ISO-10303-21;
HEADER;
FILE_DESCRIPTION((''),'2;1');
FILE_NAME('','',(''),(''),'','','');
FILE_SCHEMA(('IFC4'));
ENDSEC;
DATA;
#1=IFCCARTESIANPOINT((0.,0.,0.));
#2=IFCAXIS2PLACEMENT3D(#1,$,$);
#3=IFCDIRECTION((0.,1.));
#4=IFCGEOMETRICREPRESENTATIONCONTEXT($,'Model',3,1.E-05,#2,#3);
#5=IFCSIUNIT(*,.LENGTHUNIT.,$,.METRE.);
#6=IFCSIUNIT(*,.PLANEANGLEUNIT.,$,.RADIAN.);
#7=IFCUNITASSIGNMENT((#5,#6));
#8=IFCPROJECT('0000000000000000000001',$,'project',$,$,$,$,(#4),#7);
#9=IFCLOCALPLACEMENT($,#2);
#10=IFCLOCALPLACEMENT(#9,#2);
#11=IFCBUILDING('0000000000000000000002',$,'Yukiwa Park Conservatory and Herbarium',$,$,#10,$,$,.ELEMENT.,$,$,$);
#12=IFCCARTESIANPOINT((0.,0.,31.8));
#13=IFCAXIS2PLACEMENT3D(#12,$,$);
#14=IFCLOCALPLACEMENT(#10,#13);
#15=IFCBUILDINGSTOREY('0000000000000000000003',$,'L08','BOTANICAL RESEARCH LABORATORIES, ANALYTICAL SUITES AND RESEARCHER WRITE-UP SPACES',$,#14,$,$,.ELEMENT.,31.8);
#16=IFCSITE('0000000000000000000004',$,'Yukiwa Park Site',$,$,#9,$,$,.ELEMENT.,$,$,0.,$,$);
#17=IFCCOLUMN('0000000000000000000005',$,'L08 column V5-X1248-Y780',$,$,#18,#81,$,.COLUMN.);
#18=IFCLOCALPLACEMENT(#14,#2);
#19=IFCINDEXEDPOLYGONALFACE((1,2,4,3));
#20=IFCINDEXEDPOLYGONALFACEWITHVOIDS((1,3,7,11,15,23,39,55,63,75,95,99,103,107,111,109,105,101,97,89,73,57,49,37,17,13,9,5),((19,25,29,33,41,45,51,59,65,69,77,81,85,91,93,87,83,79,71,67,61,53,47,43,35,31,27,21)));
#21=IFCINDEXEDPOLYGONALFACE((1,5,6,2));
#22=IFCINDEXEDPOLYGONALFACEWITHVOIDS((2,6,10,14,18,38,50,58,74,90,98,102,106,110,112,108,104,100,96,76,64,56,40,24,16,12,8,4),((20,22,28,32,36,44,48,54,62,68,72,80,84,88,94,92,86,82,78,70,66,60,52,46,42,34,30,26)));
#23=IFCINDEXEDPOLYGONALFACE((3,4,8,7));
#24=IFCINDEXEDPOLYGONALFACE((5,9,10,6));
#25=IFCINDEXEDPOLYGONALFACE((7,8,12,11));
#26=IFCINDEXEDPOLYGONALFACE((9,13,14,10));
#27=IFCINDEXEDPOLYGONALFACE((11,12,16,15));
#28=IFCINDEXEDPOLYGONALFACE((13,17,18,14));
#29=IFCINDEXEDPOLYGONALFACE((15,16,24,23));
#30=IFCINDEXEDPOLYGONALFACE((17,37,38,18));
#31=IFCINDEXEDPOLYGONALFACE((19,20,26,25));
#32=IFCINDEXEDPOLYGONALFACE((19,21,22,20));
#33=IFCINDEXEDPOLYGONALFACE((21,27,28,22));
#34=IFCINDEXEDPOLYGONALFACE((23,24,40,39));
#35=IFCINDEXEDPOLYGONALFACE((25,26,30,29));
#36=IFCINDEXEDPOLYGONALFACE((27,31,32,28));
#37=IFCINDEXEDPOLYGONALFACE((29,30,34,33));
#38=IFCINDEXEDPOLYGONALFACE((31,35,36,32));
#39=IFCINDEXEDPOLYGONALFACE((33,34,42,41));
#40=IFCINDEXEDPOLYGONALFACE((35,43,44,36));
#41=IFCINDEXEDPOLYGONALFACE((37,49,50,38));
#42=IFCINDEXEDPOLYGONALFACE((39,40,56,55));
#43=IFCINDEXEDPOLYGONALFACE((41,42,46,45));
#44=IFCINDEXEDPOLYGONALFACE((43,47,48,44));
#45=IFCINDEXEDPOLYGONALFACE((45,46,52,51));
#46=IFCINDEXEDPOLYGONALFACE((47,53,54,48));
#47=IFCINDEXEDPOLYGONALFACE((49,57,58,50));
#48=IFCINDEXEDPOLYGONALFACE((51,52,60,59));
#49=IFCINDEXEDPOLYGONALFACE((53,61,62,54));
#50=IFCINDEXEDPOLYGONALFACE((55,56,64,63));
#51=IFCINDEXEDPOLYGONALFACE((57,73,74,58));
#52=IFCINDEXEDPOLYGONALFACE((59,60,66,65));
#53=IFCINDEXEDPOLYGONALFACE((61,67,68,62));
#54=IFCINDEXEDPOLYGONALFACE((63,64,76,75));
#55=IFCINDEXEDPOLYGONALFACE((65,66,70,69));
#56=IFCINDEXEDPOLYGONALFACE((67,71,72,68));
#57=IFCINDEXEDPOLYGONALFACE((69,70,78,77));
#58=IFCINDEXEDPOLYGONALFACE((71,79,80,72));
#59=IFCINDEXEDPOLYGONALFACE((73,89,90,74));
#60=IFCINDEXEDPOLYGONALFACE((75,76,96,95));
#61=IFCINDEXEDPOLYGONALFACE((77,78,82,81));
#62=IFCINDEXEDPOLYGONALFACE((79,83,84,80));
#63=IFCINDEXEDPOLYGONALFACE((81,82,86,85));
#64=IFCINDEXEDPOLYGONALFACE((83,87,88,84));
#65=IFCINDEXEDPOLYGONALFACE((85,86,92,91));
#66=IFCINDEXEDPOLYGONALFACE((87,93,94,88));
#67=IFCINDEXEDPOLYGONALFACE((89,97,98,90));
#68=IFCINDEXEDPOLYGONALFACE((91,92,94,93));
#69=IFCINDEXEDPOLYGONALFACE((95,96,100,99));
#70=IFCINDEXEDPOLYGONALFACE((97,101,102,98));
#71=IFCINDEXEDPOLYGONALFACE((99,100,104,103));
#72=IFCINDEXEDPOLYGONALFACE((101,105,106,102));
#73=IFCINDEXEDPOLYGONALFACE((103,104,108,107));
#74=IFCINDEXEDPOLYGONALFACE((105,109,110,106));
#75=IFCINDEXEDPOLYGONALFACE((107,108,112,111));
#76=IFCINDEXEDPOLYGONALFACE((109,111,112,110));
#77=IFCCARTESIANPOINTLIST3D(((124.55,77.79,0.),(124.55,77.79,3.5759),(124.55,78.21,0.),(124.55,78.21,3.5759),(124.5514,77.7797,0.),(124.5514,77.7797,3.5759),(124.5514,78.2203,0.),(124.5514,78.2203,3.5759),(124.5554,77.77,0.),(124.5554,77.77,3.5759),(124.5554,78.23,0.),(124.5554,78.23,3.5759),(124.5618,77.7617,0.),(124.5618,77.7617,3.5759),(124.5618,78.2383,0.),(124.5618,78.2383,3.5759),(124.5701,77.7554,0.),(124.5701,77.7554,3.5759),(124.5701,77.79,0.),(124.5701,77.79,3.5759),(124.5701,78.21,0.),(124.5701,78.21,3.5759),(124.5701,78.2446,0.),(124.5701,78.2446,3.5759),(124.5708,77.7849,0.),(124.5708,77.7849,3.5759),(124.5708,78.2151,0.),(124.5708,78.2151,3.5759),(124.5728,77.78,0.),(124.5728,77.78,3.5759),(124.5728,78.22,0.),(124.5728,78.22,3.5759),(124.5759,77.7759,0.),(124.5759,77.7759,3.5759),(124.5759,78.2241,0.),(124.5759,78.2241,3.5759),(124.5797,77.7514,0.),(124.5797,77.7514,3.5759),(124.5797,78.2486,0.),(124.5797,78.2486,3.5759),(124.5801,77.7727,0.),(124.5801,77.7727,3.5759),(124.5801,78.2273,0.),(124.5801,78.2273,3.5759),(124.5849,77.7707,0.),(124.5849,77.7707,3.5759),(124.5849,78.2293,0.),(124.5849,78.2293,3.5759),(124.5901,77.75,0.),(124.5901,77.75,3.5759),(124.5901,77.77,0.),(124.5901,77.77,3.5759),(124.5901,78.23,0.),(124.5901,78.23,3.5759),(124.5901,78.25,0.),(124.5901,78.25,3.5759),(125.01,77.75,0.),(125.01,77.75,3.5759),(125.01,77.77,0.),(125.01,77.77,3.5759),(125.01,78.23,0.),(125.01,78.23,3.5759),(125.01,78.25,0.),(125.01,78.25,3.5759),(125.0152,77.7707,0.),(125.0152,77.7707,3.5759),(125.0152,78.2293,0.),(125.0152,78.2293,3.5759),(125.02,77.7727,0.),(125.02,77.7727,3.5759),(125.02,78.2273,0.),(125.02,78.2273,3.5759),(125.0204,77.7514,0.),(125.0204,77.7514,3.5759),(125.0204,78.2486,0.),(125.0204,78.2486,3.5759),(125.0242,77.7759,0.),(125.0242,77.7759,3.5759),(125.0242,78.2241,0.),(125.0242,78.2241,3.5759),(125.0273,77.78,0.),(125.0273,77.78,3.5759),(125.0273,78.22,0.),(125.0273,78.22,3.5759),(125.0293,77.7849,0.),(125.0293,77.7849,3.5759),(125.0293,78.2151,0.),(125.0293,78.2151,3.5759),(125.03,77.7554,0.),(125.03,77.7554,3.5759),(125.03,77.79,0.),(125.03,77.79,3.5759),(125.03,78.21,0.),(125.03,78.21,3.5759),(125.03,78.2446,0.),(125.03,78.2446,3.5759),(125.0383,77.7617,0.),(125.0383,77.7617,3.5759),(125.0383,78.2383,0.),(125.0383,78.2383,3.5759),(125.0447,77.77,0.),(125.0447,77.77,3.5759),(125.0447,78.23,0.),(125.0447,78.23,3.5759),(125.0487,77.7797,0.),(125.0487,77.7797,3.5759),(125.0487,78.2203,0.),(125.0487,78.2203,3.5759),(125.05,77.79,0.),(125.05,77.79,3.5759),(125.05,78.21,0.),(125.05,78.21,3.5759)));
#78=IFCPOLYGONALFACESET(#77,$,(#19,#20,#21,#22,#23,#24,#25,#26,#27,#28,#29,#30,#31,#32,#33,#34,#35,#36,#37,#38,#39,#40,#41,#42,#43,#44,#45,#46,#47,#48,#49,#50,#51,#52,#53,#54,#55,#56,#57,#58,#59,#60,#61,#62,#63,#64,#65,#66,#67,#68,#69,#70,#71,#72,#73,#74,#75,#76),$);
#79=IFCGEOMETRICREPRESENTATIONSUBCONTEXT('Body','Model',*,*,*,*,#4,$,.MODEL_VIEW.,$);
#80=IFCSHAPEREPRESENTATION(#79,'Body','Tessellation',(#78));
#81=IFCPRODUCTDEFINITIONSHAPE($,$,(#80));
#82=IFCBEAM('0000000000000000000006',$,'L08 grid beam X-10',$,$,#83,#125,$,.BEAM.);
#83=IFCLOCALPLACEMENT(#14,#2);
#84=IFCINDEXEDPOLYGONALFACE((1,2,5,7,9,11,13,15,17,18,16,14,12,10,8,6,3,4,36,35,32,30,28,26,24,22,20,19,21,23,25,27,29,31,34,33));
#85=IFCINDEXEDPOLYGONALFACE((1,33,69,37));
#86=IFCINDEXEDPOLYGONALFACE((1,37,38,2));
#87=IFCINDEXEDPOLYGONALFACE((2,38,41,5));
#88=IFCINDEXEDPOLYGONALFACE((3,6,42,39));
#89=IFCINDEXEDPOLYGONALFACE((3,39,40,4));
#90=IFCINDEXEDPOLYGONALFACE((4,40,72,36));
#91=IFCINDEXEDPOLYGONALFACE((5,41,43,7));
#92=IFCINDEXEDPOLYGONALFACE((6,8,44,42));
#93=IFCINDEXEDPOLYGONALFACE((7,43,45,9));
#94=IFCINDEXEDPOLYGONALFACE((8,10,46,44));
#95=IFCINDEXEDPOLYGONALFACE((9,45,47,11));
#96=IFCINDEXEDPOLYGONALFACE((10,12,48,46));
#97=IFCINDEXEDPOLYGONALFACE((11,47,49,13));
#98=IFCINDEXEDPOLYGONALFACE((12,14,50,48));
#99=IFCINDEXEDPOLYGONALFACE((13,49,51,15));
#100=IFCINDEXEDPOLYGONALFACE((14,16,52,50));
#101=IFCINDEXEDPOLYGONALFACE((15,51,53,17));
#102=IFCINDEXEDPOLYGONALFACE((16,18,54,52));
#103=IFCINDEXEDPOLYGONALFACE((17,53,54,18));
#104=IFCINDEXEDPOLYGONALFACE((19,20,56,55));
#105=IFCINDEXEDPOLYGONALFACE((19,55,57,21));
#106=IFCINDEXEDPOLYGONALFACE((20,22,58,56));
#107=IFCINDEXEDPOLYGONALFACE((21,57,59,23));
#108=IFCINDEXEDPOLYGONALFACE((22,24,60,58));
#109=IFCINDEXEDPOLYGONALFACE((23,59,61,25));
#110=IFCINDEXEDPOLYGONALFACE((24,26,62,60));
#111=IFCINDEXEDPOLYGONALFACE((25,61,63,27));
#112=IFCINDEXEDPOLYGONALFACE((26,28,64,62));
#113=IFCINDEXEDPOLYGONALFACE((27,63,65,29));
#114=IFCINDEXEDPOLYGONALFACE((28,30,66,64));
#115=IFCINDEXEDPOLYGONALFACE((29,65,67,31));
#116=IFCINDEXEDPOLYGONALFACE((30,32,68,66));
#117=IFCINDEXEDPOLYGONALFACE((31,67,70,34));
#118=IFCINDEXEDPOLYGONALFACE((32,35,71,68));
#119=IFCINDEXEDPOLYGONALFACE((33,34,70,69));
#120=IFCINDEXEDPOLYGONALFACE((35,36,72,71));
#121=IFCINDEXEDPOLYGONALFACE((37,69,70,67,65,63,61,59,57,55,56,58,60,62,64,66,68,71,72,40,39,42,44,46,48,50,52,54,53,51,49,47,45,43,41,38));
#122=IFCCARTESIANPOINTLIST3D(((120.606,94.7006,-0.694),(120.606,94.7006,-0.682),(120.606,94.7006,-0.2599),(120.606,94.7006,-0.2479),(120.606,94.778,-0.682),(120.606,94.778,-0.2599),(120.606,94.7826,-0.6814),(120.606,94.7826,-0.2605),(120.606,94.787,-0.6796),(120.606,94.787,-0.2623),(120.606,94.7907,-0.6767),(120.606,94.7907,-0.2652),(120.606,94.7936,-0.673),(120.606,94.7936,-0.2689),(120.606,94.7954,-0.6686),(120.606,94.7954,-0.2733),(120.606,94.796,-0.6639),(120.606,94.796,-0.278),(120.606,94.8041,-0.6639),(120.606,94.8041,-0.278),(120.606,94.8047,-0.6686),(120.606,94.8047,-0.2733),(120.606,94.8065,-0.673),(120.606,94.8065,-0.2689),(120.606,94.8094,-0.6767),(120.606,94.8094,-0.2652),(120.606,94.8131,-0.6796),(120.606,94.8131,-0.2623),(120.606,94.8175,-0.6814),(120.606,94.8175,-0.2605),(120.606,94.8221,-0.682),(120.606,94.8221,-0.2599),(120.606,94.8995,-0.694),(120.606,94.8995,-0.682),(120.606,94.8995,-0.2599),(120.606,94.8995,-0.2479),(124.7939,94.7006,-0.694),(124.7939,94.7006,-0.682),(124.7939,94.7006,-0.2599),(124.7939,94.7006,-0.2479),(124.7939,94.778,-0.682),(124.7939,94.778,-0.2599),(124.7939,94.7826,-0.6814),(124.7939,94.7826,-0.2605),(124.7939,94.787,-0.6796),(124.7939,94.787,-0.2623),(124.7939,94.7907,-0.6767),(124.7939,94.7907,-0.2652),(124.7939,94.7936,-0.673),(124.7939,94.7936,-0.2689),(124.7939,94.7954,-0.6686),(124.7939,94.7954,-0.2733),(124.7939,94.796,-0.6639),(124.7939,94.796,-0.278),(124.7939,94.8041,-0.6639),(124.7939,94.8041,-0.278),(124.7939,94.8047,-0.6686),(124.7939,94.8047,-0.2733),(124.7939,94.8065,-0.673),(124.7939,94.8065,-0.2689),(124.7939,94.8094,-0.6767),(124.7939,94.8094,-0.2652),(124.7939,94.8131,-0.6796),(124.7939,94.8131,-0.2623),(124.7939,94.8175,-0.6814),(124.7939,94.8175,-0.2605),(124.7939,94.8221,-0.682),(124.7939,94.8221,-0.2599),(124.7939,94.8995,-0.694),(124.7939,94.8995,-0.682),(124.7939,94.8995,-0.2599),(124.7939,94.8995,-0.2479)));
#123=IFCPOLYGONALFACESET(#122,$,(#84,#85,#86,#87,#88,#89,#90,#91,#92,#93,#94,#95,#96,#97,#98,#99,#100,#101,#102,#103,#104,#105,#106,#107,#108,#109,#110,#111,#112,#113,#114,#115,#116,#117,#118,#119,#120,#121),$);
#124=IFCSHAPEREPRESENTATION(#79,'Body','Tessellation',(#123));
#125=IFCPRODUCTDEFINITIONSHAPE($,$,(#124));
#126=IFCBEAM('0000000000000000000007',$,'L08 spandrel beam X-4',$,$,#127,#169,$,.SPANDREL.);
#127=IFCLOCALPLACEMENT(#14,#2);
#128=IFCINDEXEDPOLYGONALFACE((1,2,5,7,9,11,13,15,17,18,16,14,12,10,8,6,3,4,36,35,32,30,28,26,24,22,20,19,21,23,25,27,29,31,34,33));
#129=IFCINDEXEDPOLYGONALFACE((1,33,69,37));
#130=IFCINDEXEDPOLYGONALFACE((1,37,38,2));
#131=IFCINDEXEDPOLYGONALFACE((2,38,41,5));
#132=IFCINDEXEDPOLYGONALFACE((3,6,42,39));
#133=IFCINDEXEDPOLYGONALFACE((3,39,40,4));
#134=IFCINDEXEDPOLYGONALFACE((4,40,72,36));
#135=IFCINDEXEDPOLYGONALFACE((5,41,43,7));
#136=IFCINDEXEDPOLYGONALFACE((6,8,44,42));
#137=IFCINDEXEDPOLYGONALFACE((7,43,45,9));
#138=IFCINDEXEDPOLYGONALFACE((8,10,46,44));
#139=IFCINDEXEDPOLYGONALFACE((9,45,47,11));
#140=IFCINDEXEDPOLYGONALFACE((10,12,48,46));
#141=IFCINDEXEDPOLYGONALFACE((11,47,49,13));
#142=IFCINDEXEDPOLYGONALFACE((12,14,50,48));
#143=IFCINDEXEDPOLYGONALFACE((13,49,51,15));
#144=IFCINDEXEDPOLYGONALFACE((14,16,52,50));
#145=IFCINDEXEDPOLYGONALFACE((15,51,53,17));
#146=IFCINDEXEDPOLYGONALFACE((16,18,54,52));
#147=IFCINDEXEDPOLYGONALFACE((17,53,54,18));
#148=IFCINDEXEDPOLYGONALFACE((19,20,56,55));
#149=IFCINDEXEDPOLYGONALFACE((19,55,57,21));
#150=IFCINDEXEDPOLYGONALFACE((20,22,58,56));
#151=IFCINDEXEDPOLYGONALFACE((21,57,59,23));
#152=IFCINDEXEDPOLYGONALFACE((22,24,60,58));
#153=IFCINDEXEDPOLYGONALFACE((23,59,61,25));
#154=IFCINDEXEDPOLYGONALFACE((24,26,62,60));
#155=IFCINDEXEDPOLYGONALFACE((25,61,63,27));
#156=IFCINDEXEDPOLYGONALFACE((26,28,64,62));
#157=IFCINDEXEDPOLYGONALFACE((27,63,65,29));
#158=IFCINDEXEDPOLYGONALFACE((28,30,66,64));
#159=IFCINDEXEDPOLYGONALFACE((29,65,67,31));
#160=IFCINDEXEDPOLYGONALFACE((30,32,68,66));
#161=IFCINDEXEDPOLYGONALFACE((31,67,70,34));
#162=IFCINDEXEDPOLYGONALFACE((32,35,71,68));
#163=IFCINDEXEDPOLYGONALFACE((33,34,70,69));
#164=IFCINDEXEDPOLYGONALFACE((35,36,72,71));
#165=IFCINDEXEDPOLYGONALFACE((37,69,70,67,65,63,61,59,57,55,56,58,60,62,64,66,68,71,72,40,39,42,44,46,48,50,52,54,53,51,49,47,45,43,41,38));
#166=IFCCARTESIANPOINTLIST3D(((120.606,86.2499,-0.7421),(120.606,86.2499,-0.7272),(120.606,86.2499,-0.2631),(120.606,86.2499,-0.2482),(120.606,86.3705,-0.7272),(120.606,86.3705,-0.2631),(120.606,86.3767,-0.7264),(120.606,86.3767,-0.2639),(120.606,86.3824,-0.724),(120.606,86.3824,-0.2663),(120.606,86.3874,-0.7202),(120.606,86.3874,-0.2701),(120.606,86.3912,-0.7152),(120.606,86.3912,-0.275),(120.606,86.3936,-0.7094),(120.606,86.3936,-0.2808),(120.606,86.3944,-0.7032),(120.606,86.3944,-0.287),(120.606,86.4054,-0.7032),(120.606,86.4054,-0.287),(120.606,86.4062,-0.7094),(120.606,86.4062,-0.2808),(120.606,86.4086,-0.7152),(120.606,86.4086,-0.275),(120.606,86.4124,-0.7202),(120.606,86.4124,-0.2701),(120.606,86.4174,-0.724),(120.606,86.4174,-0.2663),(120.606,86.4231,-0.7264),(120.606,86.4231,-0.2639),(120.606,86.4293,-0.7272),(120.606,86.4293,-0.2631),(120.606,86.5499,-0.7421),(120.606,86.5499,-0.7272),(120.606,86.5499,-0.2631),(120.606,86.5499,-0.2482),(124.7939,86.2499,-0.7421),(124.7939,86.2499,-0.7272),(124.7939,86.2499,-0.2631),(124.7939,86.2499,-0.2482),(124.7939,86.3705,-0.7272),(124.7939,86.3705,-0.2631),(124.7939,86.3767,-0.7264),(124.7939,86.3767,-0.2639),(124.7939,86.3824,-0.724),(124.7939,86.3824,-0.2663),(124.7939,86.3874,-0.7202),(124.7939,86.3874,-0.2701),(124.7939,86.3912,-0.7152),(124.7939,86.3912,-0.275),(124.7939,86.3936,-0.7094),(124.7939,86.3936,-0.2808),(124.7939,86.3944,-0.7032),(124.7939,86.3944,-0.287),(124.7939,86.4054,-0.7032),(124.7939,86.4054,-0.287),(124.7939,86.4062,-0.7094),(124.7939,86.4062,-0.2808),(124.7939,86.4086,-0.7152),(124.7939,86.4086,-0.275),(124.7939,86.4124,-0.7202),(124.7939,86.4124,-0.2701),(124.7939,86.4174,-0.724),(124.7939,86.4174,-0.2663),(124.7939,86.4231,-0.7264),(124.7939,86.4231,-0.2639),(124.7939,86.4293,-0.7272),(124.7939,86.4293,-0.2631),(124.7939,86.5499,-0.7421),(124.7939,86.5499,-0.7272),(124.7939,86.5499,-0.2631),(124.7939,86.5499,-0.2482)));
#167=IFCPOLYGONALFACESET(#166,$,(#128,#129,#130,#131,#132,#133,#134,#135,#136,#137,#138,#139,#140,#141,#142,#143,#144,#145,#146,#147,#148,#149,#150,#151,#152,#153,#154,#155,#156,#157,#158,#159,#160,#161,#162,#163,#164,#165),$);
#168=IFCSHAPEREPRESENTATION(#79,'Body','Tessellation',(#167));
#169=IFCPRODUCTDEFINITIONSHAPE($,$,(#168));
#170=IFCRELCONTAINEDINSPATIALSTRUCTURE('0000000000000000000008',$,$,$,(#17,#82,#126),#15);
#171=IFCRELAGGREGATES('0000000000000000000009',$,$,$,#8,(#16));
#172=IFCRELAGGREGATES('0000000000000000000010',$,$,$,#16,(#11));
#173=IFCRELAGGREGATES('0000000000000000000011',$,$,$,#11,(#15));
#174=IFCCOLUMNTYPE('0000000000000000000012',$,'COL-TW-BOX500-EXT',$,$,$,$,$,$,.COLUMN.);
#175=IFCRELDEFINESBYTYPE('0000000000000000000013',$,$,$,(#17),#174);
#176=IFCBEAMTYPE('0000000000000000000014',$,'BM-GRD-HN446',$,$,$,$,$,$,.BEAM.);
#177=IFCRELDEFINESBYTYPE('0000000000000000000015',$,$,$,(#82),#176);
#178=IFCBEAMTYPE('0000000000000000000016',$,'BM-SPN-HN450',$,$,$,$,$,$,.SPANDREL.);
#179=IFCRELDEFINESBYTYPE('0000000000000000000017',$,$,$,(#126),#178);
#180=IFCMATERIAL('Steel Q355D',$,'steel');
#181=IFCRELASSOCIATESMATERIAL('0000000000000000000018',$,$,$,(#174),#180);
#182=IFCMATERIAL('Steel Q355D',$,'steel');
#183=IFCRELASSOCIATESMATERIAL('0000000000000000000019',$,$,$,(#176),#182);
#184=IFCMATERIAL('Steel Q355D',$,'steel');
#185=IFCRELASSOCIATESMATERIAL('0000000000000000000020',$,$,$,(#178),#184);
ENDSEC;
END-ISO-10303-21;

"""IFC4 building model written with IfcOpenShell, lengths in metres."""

from ifc_helpers import new_model, si_unit, direction, frame, origin, origin_2d, place, context, subcontext, project, spatial, hollow_rectangle, i_section, extrude, material, material_profile, profile_set, type_object, element, save


model = new_model("IFC4")

# Units and contexts
model_context = context("Model", 3, precision=1e-05, world=origin(), true_north=direction((0.0, 1.0)))
body_context = subcontext(model_context, "Body", "Model", "MODEL_VIEW")
ifc_project = project(units=[si_unit("LENGTHUNIT", "METRE"), si_unit("PLANEANGLEUNIT", "RADIAN")], contexts=[model_context])

# Site, building, storey
site_placement = place(None, origin())
site = spatial("IfcSite", under=ifc_project, at=site_placement, Name="Yukiwa Park Site", CompositionType="ELEMENT", RefElevation=0.0)
building_placement = place(site_placement, origin())
building = spatial("IfcBuilding", under=site, at=building_placement, Name="Yukiwa Park Conservatory and Herbarium", CompositionType="ELEMENT")
storey_placement = place(building_placement, frame((0.0, 0.0, 31.8)))
storey = spatial("IfcBuildingStorey", under=building, at=storey_placement, Name="L08", Description="BOTANICAL RESEARCH LABORATORIES, ANALYTICAL SUITES AND RESEARCHER WRITE-UP SPACES", CompositionType="ELEMENT", Elevation=31.8)

# Column
ifc_material_1 = material(Name="Steel Q355D", Category="steel")
ifc_material_profile_1 = material_profile(ifc_material_1, hollow_rectangle(XDim=0.5, YDim=0.5, WallThickness=0.02, InnerFilletRadius=0.02, OuterFilletRadius=0.04, at=origin_2d()), Name="BOX 500x500x20")
ifc_profile_set_1 = profile_set([ifc_material_profile_1], Name="Steel Q355D")
column_type_1 = type_object("IfcColumnType", Name="COL-TW-BOX500-EXT", PredefinedType="COLUMN", material=ifc_profile_set_1)
column_placement = place(storey_placement, frame((124.8, 78.0, 0.0), z_axis=(0.0, 0.0, 1.0), x_axis=(1.0, 0.0, 0.0)))
element("IfcColumn", 1, at=column_placement, inside=storey, type_object=column_type_1, Name="L08 column V5-X1248-Y780", PredefinedType="COLUMN", context=body_context, shape_type="SweptSolid", body=[
    extrude(hollow_rectangle(XDim=0.5, YDim=0.5, WallThickness=0.02, InnerFilletRadius=0.02, OuterFilletRadius=0.04, at=origin_2d()), origin(), (0.0, 0.0, 1.0), 3.5759),
])

# Beams
ifc_material_2 = material(Name="Steel Q355D", Category="steel")
ifc_material_profile_2 = material_profile(ifc_material_2, i_section(OverallWidth=0.199, OverallDepth=0.446, WebThickness=0.0081, FlangeThickness=0.012, FilletRadius=0.0181, at=origin_2d()), Name="HN 446x199x8x12")
ifc_profile_set_2 = profile_set([ifc_material_profile_2], Name="Steel Q355D")
beam_type_1 = type_object("IfcBeamType", Name="BM-GRD-HN446", PredefinedType="BEAM", material=ifc_profile_set_2)
beam_1_placement = place(storey_placement, frame((120.606, 94.8, -0.4709), z_axis=(1.0, 0.0, 0.0), x_axis=(0.0, 1.0, 0.0)))
element("IfcBeam", 2, at=beam_1_placement, inside=storey, type_object=beam_type_1, Name="L08 grid beam X-10", PredefinedType="BEAM", context=body_context, shape_type="SweptSolid", body=[
    extrude(i_section(OverallWidth=0.199, OverallDepth=0.446, WebThickness=0.0081, FlangeThickness=0.012, FilletRadius=0.0181, at=origin_2d()), origin(), (0.0, 0.0, 1.0), 4.188),
])
ifc_material_3 = material(Name="Steel Q355D", Category="steel")
ifc_material_profile_3 = material_profile(ifc_material_3, i_section(OverallWidth=0.3, OverallDepth=0.4939, WebThickness=0.011, FlangeThickness=0.0149, FilletRadius=0.0239, at=origin_2d()), Name="HM 494x300x11x15")
ifc_profile_set_3 = profile_set([ifc_material_profile_3], Name="Steel Q355D")
beam_type_2 = type_object("IfcBeamType", Name="BM-SPN-HN450", PredefinedType="SPANDREL", material=ifc_profile_set_3)
for number, where, z_axis, x_axis, name in (
    (3, (120.606, 86.3999, -0.4951), (1.0, 0.0, 0.0), (0.0, 1.0, 0.0), "L08 spandrel beam X-4"),
):
    element("IfcBeam", number, at=place(storey_placement, frame(where, z_axis=z_axis, x_axis=x_axis)), inside=storey, type_object=beam_type_2, Name=name, PredefinedType="SPANDREL", context=body_context, shape_type="SweptSolid", body=[
        extrude(i_section(OverallWidth=0.3, OverallDepth=0.4939, WebThickness=0.011, FlangeThickness=0.0149, FilletRadius=0.0239, at=origin_2d()), origin(), (0.0, 0.0, 1.0), 4.188),
    ])

save(model, "model.ifc")
